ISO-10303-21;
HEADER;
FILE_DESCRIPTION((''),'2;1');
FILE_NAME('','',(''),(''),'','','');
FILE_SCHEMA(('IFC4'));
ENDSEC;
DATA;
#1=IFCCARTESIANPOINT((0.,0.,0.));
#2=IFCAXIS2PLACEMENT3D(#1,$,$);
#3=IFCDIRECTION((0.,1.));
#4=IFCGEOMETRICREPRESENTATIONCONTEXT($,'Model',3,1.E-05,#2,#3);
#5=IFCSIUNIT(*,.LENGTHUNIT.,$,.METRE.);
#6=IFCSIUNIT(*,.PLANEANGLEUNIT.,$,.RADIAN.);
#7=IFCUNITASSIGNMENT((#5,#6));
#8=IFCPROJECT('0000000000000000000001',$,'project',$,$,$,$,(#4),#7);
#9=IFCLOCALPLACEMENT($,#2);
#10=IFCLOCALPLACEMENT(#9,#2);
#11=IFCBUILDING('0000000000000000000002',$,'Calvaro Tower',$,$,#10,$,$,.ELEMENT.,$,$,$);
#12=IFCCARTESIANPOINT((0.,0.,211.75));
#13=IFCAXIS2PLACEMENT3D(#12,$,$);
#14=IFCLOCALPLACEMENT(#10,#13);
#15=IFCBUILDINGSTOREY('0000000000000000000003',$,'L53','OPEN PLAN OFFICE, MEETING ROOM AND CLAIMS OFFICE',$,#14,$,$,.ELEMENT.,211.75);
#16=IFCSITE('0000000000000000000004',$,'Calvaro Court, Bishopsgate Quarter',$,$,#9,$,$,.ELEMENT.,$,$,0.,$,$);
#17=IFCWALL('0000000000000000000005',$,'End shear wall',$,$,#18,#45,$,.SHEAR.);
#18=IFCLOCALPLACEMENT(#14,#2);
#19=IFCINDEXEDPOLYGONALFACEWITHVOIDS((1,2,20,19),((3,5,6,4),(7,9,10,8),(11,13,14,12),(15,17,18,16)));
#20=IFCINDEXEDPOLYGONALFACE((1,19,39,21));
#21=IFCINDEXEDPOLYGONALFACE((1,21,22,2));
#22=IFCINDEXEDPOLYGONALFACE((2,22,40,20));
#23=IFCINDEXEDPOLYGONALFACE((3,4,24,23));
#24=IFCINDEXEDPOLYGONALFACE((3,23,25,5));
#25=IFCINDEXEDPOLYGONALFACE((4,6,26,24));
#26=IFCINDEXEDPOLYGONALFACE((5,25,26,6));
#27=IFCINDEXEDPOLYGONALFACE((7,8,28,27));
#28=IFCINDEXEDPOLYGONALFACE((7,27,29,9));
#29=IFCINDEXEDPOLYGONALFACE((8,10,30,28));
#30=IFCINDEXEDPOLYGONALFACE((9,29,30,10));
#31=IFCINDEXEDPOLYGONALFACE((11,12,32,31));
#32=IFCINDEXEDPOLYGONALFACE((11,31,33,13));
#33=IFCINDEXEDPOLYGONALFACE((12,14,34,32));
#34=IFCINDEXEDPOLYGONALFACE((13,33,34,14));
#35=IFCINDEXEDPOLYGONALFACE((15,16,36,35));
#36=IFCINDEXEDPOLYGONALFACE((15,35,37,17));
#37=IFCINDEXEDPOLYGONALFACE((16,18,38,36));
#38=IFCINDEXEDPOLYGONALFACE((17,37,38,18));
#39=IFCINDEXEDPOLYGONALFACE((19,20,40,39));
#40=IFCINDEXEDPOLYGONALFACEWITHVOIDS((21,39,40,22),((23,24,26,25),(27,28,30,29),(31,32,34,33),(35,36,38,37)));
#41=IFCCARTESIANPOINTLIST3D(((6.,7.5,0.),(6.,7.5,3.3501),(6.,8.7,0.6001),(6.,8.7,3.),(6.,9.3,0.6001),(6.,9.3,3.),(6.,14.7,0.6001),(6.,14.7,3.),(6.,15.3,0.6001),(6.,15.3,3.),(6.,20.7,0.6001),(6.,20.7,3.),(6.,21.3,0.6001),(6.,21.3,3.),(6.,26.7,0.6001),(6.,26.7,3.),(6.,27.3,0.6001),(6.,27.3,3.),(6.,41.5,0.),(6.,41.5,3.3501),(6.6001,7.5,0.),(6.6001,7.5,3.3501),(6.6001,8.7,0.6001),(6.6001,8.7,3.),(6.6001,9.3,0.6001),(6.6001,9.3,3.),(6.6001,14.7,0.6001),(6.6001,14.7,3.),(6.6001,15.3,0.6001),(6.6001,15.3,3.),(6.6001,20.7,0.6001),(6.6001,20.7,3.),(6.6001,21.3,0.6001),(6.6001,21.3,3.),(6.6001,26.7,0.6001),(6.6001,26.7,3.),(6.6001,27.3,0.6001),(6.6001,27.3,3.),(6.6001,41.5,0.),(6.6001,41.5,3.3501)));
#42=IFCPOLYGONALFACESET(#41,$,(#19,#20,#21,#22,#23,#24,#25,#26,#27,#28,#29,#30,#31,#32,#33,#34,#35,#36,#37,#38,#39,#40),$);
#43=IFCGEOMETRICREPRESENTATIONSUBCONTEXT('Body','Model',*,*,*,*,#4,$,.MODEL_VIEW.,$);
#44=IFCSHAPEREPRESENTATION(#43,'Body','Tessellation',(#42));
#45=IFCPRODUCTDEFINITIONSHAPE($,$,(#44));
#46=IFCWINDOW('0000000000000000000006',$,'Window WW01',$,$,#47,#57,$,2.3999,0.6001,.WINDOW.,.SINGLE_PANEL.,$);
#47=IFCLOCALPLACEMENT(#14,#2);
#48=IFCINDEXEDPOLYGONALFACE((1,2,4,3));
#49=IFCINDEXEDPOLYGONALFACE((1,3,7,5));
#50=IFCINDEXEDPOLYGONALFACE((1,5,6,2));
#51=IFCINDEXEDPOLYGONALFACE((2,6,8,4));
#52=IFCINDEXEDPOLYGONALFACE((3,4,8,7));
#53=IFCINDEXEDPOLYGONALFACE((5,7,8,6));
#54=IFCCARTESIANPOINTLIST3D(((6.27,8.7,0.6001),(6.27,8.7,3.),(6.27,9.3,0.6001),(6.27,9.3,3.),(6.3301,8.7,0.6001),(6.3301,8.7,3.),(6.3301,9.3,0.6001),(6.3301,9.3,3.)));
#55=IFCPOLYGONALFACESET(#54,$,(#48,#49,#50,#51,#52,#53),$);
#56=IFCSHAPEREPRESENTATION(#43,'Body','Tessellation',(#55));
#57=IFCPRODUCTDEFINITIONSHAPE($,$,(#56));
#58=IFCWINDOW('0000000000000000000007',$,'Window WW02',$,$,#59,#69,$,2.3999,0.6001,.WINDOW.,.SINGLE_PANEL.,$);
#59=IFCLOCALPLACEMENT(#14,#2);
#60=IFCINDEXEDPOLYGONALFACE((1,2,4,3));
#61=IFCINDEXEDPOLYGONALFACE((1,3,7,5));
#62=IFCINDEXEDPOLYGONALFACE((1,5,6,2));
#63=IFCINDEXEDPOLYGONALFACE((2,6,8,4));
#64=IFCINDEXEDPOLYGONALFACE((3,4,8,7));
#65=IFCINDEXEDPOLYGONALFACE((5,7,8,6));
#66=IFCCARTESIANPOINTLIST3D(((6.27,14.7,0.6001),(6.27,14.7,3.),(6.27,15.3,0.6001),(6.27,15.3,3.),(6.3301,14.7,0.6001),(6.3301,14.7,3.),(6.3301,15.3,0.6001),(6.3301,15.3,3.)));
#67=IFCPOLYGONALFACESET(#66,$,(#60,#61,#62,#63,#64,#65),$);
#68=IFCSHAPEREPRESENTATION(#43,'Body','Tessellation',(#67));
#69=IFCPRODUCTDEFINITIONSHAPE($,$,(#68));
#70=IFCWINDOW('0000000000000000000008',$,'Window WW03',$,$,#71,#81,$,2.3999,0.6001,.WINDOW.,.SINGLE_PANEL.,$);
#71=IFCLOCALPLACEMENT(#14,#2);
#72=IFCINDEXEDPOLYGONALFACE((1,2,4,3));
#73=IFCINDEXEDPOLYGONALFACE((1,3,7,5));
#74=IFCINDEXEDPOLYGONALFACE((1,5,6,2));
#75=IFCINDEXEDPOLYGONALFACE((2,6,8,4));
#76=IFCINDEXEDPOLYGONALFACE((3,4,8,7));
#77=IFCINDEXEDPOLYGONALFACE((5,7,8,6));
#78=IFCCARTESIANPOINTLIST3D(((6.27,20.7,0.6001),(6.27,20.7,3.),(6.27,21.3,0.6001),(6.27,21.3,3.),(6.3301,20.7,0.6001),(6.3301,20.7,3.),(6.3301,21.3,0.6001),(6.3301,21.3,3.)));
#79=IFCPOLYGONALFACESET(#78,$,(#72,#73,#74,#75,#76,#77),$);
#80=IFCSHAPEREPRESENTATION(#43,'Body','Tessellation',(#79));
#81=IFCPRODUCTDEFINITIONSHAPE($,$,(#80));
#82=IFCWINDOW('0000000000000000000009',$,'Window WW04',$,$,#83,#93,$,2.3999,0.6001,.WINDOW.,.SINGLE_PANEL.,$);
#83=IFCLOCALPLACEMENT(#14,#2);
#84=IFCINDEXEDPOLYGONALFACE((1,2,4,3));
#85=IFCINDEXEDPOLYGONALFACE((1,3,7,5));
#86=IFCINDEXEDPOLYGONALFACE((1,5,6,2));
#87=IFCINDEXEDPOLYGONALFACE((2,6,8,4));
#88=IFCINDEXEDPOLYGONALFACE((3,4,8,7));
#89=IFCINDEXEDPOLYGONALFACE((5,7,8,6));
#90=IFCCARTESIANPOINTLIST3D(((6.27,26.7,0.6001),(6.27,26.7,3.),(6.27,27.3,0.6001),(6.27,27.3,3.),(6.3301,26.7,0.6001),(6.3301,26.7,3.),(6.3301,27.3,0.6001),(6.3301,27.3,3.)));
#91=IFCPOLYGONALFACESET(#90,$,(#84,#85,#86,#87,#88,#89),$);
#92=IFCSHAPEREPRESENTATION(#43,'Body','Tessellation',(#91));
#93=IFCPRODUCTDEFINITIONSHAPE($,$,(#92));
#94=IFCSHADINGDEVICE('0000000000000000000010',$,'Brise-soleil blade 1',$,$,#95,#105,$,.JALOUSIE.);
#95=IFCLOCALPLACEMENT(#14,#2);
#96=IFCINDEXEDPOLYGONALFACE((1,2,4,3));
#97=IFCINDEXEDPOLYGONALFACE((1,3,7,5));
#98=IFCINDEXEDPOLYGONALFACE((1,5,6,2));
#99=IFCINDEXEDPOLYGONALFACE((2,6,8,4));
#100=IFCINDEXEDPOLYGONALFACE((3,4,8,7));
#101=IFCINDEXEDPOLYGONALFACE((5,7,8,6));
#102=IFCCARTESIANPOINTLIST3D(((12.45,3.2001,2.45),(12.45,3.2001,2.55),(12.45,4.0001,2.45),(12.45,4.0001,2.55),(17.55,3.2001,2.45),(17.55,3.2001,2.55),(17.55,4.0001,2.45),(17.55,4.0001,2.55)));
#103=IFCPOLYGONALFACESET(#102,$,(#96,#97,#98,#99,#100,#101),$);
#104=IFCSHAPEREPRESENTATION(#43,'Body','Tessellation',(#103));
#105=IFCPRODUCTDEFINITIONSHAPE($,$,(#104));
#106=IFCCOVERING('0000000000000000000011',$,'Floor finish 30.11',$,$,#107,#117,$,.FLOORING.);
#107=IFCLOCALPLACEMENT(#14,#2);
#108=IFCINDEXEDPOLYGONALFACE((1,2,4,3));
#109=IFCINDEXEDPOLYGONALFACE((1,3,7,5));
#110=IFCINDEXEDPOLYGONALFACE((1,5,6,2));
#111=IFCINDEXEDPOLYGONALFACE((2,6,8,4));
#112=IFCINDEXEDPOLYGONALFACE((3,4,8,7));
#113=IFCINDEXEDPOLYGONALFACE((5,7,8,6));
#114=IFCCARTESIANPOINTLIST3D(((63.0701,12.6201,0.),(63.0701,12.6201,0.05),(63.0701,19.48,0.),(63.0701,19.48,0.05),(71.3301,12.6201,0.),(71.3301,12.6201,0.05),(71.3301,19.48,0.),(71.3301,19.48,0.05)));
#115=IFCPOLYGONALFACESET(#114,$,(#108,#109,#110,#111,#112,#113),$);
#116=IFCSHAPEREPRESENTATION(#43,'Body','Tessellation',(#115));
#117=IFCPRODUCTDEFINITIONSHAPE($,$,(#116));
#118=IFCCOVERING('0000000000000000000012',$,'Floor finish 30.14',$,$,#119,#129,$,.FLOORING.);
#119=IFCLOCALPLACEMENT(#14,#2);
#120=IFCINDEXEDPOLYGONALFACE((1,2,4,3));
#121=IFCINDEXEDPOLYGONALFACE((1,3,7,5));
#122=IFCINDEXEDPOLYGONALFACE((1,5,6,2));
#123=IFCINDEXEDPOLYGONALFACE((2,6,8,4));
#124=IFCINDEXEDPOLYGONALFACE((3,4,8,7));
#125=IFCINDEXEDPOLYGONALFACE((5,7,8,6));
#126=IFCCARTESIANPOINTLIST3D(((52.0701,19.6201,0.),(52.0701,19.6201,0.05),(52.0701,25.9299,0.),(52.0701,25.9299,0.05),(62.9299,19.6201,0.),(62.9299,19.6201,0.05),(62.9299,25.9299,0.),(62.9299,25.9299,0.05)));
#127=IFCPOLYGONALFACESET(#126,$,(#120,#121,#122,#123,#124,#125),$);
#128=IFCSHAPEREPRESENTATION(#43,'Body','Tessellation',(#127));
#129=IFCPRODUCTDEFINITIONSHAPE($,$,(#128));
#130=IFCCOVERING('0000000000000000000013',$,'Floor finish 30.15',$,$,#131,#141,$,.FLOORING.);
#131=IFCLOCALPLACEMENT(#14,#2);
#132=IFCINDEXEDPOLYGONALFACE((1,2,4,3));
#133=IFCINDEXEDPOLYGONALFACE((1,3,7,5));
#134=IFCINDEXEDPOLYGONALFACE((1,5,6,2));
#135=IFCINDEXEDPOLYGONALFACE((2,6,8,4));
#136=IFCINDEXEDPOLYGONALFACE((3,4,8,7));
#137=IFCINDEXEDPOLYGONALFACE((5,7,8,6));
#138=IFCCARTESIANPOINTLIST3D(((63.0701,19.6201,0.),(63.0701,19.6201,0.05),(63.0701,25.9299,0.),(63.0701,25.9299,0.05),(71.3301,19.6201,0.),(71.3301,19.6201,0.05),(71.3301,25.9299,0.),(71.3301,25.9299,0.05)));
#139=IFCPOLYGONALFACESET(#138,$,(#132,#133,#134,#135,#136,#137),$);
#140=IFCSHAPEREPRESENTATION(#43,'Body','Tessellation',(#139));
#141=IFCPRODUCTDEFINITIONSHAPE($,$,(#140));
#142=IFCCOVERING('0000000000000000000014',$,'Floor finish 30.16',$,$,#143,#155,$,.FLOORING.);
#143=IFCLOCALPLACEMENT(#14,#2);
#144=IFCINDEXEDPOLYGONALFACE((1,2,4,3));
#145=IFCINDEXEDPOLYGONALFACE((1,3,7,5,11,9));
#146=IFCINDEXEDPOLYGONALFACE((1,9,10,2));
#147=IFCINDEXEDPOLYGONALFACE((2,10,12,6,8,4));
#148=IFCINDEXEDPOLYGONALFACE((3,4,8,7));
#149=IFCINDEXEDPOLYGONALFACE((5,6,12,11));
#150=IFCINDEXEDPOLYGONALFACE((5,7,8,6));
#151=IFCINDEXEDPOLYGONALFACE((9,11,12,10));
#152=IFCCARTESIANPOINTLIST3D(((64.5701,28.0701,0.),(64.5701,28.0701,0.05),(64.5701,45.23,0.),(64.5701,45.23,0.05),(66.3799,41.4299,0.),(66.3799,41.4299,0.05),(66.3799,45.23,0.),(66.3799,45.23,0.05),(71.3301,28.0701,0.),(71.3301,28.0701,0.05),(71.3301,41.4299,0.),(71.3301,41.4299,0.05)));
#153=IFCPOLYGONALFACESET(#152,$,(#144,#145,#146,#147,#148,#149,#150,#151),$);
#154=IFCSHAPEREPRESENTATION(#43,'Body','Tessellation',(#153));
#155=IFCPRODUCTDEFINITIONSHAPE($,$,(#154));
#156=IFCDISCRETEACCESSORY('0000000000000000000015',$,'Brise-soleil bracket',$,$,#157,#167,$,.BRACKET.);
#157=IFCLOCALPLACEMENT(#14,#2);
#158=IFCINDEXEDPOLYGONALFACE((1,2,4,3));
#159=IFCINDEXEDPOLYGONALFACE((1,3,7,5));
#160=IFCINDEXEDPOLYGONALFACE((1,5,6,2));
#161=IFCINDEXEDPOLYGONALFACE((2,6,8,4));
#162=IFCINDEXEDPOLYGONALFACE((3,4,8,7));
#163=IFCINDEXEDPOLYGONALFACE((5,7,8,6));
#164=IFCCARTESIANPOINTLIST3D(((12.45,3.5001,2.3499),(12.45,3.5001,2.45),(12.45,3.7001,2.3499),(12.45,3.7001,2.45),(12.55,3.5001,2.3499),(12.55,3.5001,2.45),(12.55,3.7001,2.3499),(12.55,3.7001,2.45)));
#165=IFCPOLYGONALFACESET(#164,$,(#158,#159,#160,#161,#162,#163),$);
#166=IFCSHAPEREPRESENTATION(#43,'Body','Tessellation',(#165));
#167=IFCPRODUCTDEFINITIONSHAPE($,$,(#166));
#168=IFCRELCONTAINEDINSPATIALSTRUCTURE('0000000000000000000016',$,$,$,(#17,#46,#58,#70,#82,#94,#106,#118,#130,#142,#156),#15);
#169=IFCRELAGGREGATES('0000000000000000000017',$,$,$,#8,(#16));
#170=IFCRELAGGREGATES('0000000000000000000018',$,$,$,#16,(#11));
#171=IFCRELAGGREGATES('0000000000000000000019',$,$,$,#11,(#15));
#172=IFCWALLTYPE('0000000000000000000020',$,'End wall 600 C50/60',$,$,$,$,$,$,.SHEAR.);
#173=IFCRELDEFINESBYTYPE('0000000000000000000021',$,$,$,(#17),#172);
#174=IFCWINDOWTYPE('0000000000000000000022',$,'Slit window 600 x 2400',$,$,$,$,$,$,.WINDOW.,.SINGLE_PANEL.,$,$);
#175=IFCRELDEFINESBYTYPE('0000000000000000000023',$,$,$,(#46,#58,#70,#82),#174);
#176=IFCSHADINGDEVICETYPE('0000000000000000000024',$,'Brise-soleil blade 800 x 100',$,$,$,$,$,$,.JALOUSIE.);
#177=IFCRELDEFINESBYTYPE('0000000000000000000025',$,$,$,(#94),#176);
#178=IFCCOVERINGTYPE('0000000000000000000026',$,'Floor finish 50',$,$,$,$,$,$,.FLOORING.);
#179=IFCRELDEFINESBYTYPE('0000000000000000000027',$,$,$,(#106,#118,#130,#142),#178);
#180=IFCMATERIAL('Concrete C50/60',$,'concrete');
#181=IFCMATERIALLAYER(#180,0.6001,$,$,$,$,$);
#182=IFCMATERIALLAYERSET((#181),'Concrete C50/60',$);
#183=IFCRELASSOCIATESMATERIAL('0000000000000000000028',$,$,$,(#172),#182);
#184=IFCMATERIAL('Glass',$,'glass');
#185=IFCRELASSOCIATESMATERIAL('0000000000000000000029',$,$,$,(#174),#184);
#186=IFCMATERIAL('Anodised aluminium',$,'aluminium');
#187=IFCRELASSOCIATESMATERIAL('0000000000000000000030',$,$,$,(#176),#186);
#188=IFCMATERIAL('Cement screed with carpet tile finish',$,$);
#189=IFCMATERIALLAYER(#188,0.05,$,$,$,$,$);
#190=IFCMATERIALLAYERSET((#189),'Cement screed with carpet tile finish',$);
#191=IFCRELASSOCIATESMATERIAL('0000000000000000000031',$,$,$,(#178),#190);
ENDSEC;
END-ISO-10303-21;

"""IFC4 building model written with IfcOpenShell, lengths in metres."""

from ifc_helpers import new_model, si_unit, direction, frame, frame_2d, origin, origin_2d, place, context, subcontext, project, spatial, polyline, rectangle, outline, extrude, material, layer, layer_set, material_profile, profile_set, type_object, element, fill, save


model = new_model("IFC4")

# Units and contexts
model_context = context("Model", 3, precision=1e-05, world=origin(), true_north=direction((0.0, 1.0)))
body_context = subcontext(model_context, "Body", "Model", "MODEL_VIEW")
ifc_project = project(units=[si_unit("LENGTHUNIT", "METRE"), si_unit("PLANEANGLEUNIT", "RADIAN")], contexts=[model_context])

# Site, building, storey
site_placement = place(None, origin())
site = spatial("IfcSite", under=ifc_project, at=site_placement, Name="Calvaro Court, Bishopsgate Quarter", CompositionType="ELEMENT", RefElevation=0.0)
building_placement = place(site_placement, origin())
building = spatial("IfcBuilding", under=site, at=building_placement, Name="Calvaro Tower", CompositionType="ELEMENT")
storey_placement = place(building_placement, frame((0.0, 0.0, 211.75)))
storey = spatial("IfcBuildingStorey", under=building, at=storey_placement, Name="L53", Description="OPEN PLAN OFFICE, MEETING ROOM AND CLAIMS OFFICE", CompositionType="ELEMENT", Elevation=211.75)

# Wall, openings, windows
ifc_material_1 = material(Name="Concrete C50/60", Category="concrete")
ifc_layer_1 = layer(ifc_material_1, 0.6001)
ifc_layer_set_1 = layer_set([ifc_layer_1], Name="Concrete C50/60")
wall_type = type_object("IfcWallType", Name="End wall 600 C50/60", PredefinedType="SHEAR", material=ifc_layer_set_1)
wall_placement = place(storey_placement, frame((6.3, 7.5, 0.0), z_axis=(0.0, 0.0, 1.0), x_axis=(0.0, 1.0, 0.0)))
wall = element("IfcWall", 1, at=wall_placement, inside=storey, type_object=wall_type, Name="End shear wall", PredefinedType="SHEAR", context=body_context, shape_type="SweptSolid", body=[
    extrude(rectangle(XDim=34.0, YDim=0.6001, at=frame_2d((17.0, 0.0))), origin(), (0.0, 0.0, 1.0), 3.3501),
])
opening_1_placement = place(wall_placement, frame((1.2, 0.0, 0.6001)))
opening_1 = element("IfcOpeningElement", 2, at=opening_1_placement, cuts=wall, PredefinedType="OPENING", context=body_context, shape_type="SweptSolid", body=[
    extrude(rectangle(XDim=0.6001, YDim=2.3999, at=frame_2d((0.3, 1.2))), frame((0.0, 0.3101, 0.0), z_axis=(0.0, -1.0, 0.0), x_axis=(1.0, 0.0, 0.0)), (0.0, 0.0, 1.0), 0.6201),
])
opening_2_placement = place(wall_placement, frame((7.2, 0.0, 0.6001)))
opening_2 = element("IfcOpeningElement", 3, at=opening_2_placement, cuts=wall, PredefinedType="OPENING", context=body_context, shape_type="SweptSolid", body=[
    extrude(rectangle(XDim=0.6001, YDim=2.3999, at=frame_2d((0.3, 1.2))), frame((0.0, 0.3101, 0.0), z_axis=(0.0, -1.0, 0.0), x_axis=(1.0, 0.0, 0.0)), (0.0, 0.0, 1.0), 0.6201),
])
opening_3_placement = place(wall_placement, frame((13.2, 0.0, 0.6001)))
opening_3 = element("IfcOpeningElement", 4, at=opening_3_placement, cuts=wall, PredefinedType="OPENING", context=body_context, shape_type="SweptSolid", body=[
    extrude(rectangle(XDim=0.6001, YDim=2.3999, at=frame_2d((0.3, 1.2))), frame((0.0, 0.3101, 0.0), z_axis=(0.0, -1.0, 0.0), x_axis=(1.0, 0.0, 0.0)), (0.0, 0.0, 1.0), 0.6201),
])
opening_4_placement = place(wall_placement, frame((19.2, 0.0, 0.6001)))
opening_4 = element("IfcOpeningElement", 5, at=opening_4_placement, cuts=wall, PredefinedType="OPENING", context=body_context, shape_type="SweptSolid", body=[
    extrude(rectangle(XDim=0.6001, YDim=2.3999, at=frame_2d((0.3, 1.2))), frame((0.0, 0.3101, 0.0), z_axis=(0.0, -1.0, 0.0), x_axis=(1.0, 0.0, 0.0)), (0.0, 0.0, 1.0), 0.6201),
])
ifc_material_2 = material(Name="Glass", Category="glass")
window_type = type_object("IfcWindowType", Name="Slit window 600 x 2400", PartitioningType="SINGLE_PANEL", PredefinedType="WINDOW", material=ifc_material_2)
window_1_placement = place(opening_1_placement, origin())
window_1 = element("IfcWindow", 6, at=window_1_placement, inside=storey, type_object=window_type, Name="Window WW01", OverallHeight=2.3999, OverallWidth=0.6001, PartitioningType="SINGLE_PANEL", PredefinedType="WINDOW", context=body_context, shape_type="SweptSolid", body=[
    extrude(rectangle(XDim=0.6001, YDim=2.3999, at=frame_2d((0.3, 1.2))), frame((0.0, 0.03, 0.0), z_axis=(0.0, -1.0, 0.0), x_axis=(1.0, 0.0, 0.0)), (0.0, 0.0, 1.0), 0.0601),
])
fill(opening_1, window_1)
window_2_placement = place(opening_2_placement, origin())
window_2 = element("IfcWindow", 7, at=window_2_placement, inside=storey, type_object=window_type, Name="Window WW02", OverallHeight=2.3999, OverallWidth=0.6001, PartitioningType="SINGLE_PANEL", PredefinedType="WINDOW", context=body_context, shape_type="SweptSolid", body=[
    extrude(rectangle(XDim=0.6001, YDim=2.3999, at=frame_2d((0.3, 1.2))), frame((0.0, 0.03, 0.0), z_axis=(0.0, -1.0, 0.0), x_axis=(1.0, 0.0, 0.0)), (0.0, 0.0, 1.0), 0.0601),
])
fill(opening_2, window_2)
window_3_placement = place(opening_3_placement, origin())
window_3 = element("IfcWindow", 8, at=window_3_placement, inside=storey, type_object=window_type, Name="Window WW03", OverallHeight=2.3999, OverallWidth=0.6001, PartitioningType="SINGLE_PANEL", PredefinedType="WINDOW", context=body_context, shape_type="SweptSolid", body=[
    extrude(rectangle(XDim=0.6001, YDim=2.3999, at=frame_2d((0.3, 1.2))), frame((0.0, 0.03, 0.0), z_axis=(0.0, -1.0, 0.0), x_axis=(1.0, 0.0, 0.0)), (0.0, 0.0, 1.0), 0.0601),
])
fill(opening_3, window_3)
window_4_placement = place(opening_4_placement, origin())
window_4 = element("IfcWindow", 9, at=window_4_placement, inside=storey, type_object=window_type, Name="Window WW04", OverallHeight=2.3999, OverallWidth=0.6001, PartitioningType="SINGLE_PANEL", PredefinedType="WINDOW", context=body_context, shape_type="SweptSolid", body=[
    extrude(rectangle(XDim=0.6001, YDim=2.3999, at=frame_2d((0.3, 1.2))), frame((0.0, 0.03, 0.0), z_axis=(0.0, -1.0, 0.0), x_axis=(1.0, 0.0, 0.0)), (0.0, 0.0, 1.0), 0.0601),
])
fill(opening_4, window_4)

# Shading device
ifc_material_3 = material(Name="Anodised aluminium", Category="aluminium")
ifc_material_profile_1 = material_profile(ifc_material_3, rectangle(XDim=0.8, YDim=0.1001, at=origin_2d()), Name="Brise-soleil blade 800 x 100")
ifc_profile_set_1 = profile_set([ifc_material_profile_1], Name="Anodised aluminium")
shading_device_type = type_object("IfcShadingDeviceType", Name="Brise-soleil blade 800 x 100", PredefinedType="JALOUSIE", material=ifc_profile_set_1)
shading_device_placement = place(storey_placement, frame((12.45, 3.6001, 2.5), z_axis=(1.0, 0.0, 0.0), x_axis=(0.0, 1.0, 0.0)))
element("IfcShadingDevice", 10, at=shading_device_placement, inside=storey, type_object=shading_device_type, Name="Brise-soleil blade 1", PredefinedType="JALOUSIE", context=body_context, shape_type="SweptSolid", body=[
    extrude(rectangle(XDim=0.8, YDim=0.1001, at=origin_2d()), origin(), (0.0, 0.0, 1.0), 5.1001),
])

# Coverings
ifc_material_4 = material(Name="Cement screed with carpet tile finish")
ifc_layer_2 = layer(ifc_material_4, 0.05)
ifc_layer_set_2 = layer_set([ifc_layer_2], Name="Cement screed with carpet tile finish")
covering_type = type_object("IfcCoveringType", Name="Floor finish 50", PredefinedType="FLOORING", material=ifc_layer_set_2)
covering_1_placement = place(storey_placement, origin())
element("IfcCovering", 11, at=covering_1_placement, inside=storey, type_object=covering_type, Name="Floor finish 30.11", PredefinedType="FLOORING", context=body_context, shape_type="SweptSolid", body=[
    extrude(outline(polyline([(71.3301, 12.6201), (63.0701, 12.6201), (63.0701, 19.48), (71.3301, 19.48), (71.3301, 12.6201)])), origin(), (0.0, 0.0, 1.0), 0.05),
])
covering_2_placement = place(storey_placement, origin())
element("IfcCovering", 12, at=covering_2_placement, inside=storey, type_object=covering_type, Name="Floor finish 30.14", PredefinedType="FLOORING", context=body_context, shape_type="SweptSolid", body=[
    extrude(outline(polyline([(52.0701, 19.6201), (52.0701, 25.9299), (62.9299, 25.9299), (62.9299, 19.6201), (52.0701, 19.6201)])), origin(), (0.0, 0.0, 1.0), 0.05),
])
covering_3_placement = place(storey_placement, origin())
element("IfcCovering", 13, at=covering_3_placement, inside=storey, type_object=covering_type, Name="Floor finish 30.15", PredefinedType="FLOORING", context=body_context, shape_type="SweptSolid", body=[
    extrude(outline(polyline([(71.3301, 19.6201), (63.0701, 19.6201), (63.0701, 25.9299), (71.3301, 25.9299), (71.3301, 19.6201)])), origin(), (0.0, 0.0, 1.0), 0.05),
])
covering_4_placement = place(storey_placement, origin())
element("IfcCovering", 14, at=covering_4_placement, inside=storey, type_object=covering_type, Name="Floor finish 30.16", PredefinedType="FLOORING", context=body_context, shape_type="SweptSolid", body=[
    extrude(outline(polyline([(71.3301, 28.0701), (64.5701, 28.0701), (64.5701, 45.23), (66.3799, 45.23), (66.3799, 41.4299), (71.3301, 41.4299), (71.3301, 28.0701)])), origin(), (0.0, 0.0, 1.0), 0.05),
])

# Discrete accessory
discrete_accessory_placement = place(storey_placement, frame((12.5, 3.6001, 2.3499), z_axis=(0.0, 0.0, 1.0), x_axis=(1.0, 0.0, 0.0)))
element("IfcDiscreteAccessory", 15, at=discrete_accessory_placement, inside=storey, Name="Brise-soleil bracket", PredefinedType="BRACKET", context=body_context, shape_type="SweptSolid", body=[
    extrude(rectangle(XDim=0.1001, YDim=0.2, at=origin_2d()), origin(), (0.0, 0.0, 1.0), 0.1001),
])

save(model, "model.ifc")
